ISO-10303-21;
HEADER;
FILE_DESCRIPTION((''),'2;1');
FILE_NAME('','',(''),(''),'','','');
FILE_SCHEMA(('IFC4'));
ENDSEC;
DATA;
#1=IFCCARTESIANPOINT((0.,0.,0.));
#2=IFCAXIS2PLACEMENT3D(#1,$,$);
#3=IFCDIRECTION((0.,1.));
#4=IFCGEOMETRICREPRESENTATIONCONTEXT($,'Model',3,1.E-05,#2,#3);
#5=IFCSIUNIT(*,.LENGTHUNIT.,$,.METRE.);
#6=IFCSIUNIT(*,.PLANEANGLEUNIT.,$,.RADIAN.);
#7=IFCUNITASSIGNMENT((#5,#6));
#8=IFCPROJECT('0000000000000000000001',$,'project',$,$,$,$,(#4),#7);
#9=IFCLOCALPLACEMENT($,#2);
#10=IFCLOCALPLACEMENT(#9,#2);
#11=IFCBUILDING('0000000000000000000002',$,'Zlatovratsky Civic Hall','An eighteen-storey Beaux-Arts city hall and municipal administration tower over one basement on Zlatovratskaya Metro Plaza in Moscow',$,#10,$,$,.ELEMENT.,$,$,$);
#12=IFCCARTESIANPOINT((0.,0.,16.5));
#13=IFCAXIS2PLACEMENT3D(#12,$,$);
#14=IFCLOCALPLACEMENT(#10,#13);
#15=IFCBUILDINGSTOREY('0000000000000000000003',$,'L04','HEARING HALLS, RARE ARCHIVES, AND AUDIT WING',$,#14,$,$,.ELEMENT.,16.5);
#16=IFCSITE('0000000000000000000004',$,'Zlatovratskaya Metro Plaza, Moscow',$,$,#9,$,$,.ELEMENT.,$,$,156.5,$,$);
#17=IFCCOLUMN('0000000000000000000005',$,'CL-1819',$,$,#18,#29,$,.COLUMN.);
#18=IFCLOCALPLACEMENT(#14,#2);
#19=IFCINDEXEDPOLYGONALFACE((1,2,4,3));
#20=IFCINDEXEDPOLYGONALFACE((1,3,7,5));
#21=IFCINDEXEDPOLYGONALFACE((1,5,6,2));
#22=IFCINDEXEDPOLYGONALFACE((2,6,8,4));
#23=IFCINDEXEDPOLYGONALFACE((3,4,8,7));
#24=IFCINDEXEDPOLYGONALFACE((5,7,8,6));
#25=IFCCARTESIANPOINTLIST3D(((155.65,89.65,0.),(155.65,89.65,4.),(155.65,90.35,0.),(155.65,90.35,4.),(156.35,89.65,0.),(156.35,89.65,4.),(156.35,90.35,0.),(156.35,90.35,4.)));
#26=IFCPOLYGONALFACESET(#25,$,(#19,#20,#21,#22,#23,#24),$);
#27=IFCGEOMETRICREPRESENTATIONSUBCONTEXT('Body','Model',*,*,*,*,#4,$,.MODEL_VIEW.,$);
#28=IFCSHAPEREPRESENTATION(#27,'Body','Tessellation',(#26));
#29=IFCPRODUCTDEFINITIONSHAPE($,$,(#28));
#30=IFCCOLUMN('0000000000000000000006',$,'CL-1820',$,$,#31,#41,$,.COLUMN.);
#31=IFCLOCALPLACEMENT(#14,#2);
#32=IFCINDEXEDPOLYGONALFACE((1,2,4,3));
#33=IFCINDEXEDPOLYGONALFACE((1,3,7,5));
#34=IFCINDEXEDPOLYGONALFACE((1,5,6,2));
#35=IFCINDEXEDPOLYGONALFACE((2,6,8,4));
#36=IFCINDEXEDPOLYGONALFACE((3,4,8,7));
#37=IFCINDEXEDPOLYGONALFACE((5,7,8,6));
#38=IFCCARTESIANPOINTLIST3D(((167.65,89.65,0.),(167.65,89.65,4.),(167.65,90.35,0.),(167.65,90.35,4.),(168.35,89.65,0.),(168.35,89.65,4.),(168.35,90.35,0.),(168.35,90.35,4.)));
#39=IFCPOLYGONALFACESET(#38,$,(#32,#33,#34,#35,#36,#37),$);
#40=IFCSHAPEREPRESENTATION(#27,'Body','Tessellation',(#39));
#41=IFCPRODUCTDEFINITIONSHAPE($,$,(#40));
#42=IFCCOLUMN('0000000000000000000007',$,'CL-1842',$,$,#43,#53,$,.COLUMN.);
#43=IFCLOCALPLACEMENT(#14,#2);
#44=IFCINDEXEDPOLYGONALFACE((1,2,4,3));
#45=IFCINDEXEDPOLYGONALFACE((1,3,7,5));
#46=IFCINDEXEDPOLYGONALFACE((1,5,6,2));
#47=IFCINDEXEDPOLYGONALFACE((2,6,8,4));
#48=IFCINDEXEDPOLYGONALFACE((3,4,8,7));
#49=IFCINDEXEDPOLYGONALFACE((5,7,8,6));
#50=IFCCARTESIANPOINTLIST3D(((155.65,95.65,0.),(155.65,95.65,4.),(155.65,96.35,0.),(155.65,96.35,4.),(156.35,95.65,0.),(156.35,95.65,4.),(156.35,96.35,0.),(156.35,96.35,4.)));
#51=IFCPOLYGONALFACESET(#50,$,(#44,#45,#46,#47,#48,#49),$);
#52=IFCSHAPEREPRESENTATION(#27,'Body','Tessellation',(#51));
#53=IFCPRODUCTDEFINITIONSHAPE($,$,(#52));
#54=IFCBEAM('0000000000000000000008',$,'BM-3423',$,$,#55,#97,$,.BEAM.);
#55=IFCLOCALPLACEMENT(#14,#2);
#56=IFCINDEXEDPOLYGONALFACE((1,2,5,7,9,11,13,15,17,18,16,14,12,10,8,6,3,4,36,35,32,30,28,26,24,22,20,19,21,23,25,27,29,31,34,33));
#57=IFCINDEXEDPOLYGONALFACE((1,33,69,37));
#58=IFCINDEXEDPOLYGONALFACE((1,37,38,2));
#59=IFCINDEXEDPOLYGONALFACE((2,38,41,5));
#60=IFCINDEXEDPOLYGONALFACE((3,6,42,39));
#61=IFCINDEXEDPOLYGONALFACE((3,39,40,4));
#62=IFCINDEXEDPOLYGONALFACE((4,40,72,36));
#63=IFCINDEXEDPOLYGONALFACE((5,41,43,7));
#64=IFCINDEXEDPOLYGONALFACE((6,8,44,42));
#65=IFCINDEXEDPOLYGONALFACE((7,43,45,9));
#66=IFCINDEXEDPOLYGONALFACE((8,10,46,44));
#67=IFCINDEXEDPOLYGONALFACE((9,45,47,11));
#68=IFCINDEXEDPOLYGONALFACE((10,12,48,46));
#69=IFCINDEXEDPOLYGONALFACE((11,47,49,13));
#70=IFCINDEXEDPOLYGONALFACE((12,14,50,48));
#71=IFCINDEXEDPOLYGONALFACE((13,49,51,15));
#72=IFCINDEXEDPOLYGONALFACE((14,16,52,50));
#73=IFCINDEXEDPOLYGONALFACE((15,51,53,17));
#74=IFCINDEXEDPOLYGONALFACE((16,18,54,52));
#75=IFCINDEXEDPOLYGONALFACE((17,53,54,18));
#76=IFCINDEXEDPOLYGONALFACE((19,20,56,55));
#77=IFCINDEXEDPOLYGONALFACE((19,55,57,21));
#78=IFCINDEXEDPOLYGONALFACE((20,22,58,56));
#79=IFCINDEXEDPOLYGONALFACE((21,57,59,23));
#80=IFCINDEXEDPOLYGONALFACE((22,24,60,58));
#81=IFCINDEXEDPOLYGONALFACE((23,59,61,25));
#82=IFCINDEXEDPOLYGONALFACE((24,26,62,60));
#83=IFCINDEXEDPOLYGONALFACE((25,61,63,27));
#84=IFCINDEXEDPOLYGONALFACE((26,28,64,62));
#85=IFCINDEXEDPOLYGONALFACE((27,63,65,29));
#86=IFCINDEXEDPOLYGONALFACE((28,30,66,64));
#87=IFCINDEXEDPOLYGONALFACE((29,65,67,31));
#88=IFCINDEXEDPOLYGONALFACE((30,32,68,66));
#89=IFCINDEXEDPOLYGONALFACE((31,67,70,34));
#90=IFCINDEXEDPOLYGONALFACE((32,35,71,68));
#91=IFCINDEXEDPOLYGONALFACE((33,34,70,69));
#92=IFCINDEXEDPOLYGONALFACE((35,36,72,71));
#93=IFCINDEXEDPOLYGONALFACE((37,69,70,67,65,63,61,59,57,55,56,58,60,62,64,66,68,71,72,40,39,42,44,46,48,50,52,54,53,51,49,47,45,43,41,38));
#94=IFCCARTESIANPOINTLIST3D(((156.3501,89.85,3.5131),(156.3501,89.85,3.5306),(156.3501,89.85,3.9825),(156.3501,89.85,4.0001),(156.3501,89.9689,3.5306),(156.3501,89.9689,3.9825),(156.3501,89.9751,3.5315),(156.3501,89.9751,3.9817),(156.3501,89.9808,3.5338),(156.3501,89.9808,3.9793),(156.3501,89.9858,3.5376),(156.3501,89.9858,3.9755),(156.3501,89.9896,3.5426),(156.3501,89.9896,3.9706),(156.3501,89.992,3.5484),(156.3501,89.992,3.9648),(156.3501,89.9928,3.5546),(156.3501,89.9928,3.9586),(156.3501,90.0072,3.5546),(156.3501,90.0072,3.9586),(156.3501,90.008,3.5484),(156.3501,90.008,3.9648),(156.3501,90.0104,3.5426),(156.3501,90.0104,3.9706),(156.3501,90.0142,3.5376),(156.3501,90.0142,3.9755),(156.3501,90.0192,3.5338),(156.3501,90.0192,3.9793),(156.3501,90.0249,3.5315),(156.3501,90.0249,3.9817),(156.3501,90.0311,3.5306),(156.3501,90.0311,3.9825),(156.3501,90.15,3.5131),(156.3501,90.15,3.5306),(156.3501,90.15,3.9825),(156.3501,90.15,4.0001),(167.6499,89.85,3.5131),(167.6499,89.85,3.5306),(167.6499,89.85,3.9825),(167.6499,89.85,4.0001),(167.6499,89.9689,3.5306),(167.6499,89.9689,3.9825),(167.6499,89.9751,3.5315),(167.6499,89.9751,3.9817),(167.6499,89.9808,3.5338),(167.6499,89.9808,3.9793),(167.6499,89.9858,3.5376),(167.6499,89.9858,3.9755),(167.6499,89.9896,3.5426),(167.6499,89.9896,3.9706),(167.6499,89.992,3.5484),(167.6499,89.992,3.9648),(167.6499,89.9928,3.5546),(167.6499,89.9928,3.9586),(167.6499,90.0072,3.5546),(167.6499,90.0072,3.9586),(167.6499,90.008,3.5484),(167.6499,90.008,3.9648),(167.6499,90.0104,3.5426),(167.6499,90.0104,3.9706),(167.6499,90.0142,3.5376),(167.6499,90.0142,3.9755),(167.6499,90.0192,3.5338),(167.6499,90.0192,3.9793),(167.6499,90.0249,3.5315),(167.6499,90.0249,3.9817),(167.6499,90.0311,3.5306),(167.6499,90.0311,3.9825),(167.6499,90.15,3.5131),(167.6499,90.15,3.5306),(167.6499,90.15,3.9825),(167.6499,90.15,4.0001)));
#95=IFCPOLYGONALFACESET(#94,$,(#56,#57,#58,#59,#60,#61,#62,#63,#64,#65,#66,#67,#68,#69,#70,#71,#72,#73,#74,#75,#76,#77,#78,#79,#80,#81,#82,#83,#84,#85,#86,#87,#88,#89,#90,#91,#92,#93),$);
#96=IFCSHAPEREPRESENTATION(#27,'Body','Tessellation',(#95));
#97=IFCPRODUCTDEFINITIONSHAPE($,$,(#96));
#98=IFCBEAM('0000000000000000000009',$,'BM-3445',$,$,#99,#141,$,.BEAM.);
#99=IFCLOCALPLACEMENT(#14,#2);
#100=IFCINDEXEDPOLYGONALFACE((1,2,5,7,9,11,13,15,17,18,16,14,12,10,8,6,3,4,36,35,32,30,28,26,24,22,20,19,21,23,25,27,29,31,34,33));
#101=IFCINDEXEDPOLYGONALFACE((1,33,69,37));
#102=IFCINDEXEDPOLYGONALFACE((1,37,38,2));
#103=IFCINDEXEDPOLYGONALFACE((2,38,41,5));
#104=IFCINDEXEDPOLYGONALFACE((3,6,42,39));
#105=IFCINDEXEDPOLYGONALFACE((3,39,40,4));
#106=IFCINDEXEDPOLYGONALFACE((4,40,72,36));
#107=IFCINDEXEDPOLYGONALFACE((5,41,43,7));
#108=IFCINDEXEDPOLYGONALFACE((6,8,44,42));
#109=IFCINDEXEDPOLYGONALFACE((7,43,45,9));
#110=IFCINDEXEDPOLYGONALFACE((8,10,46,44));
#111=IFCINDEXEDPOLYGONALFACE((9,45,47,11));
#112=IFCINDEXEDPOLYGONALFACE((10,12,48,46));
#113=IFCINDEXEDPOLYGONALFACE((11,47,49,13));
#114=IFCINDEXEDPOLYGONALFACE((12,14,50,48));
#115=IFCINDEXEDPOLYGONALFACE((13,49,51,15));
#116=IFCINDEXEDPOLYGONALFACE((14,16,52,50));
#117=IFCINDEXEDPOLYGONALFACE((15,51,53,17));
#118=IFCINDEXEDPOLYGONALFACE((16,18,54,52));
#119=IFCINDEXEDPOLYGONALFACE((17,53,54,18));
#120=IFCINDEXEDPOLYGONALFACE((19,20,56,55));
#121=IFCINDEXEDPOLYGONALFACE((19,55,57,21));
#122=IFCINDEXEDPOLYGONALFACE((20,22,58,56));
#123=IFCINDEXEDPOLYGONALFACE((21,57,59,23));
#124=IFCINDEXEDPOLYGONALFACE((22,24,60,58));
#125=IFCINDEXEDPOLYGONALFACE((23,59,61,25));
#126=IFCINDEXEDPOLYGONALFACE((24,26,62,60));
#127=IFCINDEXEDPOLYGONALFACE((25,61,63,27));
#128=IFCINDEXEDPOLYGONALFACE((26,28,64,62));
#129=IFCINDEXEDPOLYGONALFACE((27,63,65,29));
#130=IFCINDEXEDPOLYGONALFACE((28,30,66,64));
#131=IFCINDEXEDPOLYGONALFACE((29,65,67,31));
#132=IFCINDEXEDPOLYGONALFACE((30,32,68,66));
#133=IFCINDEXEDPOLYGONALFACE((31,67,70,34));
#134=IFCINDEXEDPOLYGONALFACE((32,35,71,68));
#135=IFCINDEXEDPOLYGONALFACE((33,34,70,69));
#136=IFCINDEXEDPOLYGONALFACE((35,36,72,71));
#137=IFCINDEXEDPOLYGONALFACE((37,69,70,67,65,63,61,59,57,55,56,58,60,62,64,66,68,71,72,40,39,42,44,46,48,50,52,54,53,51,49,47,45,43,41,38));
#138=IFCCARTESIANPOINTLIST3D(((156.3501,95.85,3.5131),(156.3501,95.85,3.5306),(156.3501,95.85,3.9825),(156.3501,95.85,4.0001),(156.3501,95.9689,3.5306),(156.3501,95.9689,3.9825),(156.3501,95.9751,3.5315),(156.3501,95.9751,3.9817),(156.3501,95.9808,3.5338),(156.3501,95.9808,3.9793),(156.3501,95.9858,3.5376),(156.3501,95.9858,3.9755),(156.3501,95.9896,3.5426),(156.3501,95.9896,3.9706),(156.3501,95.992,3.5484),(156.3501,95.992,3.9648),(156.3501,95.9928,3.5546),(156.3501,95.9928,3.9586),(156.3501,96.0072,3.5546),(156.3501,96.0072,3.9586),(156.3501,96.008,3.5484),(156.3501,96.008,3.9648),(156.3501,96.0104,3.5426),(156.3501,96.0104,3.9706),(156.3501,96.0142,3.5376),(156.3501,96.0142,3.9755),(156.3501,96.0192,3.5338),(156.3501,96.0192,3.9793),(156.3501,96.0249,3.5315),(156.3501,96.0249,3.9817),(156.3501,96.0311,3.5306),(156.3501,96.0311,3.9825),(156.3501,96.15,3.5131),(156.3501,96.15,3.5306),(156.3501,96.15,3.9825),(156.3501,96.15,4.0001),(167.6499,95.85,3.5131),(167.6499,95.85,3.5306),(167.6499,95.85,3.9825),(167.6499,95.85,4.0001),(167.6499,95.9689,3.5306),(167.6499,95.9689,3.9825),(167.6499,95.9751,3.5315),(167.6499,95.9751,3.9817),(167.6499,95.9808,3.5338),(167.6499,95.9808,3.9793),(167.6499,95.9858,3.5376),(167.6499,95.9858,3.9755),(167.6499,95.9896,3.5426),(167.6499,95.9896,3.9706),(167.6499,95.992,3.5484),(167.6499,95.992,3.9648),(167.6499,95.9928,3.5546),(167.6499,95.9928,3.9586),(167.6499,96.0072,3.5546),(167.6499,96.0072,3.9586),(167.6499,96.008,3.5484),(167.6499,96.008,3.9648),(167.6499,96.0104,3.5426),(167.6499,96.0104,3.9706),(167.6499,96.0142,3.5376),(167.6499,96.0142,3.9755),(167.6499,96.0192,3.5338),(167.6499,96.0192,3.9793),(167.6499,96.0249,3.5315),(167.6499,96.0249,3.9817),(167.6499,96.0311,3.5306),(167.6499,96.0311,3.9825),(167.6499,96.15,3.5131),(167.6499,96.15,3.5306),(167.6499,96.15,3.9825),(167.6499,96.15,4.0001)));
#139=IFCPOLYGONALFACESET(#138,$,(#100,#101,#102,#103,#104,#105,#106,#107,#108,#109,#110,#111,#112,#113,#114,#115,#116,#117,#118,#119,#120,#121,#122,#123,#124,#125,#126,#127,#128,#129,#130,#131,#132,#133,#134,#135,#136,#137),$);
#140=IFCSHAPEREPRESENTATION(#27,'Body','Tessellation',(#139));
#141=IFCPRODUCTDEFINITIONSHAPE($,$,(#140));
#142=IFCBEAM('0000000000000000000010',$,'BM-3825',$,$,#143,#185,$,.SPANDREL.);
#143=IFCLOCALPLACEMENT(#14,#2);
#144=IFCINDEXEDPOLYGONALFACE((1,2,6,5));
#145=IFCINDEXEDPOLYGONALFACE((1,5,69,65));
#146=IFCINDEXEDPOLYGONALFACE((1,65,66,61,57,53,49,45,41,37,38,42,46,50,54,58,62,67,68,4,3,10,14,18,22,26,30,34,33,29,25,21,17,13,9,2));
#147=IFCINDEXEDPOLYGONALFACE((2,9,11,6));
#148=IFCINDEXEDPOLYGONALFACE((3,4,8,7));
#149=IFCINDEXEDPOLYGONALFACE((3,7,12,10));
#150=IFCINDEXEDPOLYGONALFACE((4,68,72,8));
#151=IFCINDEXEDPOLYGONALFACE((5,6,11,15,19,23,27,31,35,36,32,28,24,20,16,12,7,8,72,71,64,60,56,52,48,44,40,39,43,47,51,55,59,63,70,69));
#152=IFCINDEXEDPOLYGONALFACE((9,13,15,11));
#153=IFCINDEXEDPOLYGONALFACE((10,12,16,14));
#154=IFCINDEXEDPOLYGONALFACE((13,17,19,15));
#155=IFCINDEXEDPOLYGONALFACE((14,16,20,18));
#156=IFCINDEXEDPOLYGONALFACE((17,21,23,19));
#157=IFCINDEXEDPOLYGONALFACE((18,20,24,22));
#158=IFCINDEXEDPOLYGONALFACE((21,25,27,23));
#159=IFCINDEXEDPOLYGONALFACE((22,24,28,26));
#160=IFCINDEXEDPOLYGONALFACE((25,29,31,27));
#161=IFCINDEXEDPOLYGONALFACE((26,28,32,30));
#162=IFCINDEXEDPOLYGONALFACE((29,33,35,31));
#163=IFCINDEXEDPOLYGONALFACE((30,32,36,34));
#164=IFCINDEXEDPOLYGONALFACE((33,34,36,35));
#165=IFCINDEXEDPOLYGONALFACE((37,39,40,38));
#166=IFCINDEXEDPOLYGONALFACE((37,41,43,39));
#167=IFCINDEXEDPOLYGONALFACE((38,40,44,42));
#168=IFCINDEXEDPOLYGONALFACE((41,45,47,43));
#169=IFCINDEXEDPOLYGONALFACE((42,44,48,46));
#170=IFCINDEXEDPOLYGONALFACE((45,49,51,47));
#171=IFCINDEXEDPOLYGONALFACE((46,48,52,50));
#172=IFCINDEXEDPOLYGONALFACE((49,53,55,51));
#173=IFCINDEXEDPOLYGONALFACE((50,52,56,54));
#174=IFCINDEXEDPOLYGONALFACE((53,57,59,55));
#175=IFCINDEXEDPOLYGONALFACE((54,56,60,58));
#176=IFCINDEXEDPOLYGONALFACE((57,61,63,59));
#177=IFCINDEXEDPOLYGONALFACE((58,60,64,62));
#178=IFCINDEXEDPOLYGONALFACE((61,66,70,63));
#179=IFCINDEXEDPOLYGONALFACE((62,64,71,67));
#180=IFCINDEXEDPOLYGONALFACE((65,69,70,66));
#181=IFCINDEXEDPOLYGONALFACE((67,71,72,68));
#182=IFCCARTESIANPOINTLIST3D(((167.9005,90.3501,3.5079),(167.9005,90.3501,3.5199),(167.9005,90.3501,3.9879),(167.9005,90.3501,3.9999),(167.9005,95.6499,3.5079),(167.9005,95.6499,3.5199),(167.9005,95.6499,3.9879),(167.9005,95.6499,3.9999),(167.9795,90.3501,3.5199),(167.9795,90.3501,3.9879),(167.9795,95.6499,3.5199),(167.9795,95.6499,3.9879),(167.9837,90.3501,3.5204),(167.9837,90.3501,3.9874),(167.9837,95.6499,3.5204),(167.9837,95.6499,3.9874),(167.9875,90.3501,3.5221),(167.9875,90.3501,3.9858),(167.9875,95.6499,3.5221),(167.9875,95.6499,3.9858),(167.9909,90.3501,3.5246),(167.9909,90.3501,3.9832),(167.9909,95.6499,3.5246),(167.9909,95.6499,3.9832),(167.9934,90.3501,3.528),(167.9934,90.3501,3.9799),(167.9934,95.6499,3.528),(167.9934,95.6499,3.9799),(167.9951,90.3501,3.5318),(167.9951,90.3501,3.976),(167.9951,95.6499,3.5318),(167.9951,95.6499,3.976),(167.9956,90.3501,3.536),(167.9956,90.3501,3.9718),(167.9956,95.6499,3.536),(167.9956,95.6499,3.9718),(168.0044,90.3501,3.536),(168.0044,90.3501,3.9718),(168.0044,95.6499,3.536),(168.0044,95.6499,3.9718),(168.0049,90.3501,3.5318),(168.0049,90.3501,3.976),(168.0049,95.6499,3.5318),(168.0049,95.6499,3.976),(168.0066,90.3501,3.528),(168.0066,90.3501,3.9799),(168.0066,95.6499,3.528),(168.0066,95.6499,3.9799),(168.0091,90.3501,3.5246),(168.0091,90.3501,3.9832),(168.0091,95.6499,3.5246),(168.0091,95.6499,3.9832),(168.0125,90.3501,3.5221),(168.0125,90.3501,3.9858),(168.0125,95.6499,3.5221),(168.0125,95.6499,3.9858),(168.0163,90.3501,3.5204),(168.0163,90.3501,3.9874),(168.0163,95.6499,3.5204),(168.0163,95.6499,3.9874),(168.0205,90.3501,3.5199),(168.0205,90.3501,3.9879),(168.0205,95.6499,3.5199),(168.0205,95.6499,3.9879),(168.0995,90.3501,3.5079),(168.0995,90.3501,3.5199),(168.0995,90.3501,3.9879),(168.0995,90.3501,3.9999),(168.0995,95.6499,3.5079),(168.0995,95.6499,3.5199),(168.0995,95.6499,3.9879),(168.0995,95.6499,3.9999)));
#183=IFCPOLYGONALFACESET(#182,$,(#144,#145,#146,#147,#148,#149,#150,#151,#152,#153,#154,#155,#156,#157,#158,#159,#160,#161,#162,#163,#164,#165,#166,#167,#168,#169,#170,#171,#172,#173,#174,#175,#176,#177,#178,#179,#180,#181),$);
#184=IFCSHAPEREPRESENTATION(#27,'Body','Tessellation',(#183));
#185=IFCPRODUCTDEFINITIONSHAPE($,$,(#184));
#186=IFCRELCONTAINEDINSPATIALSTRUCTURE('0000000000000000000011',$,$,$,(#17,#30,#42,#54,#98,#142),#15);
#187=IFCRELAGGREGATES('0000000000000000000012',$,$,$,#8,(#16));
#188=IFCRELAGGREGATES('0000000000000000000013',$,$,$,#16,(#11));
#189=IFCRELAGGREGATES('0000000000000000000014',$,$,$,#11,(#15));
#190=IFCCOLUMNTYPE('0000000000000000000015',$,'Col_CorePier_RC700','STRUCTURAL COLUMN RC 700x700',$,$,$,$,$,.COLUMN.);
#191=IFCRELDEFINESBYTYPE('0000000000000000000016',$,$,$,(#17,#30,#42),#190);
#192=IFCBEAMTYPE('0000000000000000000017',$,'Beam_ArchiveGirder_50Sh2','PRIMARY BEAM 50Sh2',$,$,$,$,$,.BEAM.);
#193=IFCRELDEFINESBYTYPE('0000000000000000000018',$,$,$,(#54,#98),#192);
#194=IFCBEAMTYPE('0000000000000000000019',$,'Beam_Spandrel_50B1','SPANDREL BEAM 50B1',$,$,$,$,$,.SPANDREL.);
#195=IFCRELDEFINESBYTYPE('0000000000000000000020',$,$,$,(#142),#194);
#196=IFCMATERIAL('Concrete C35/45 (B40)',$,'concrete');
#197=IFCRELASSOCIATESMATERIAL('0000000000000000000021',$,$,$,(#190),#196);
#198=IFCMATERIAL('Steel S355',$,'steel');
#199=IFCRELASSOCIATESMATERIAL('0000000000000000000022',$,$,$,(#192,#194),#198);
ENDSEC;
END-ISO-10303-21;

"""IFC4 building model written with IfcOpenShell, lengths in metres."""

from ifc_helpers import new_model, si_unit, direction, frame, origin, origin_2d, place, context, subcontext, project, spatial, rectangle, i_section, extrude, material, material_profile, profile_set, type_object, element, save


model = new_model("IFC4")

# Units and contexts
model_context = context("Model", 3, precision=1e-05, world=origin(), true_north=direction((0.0, 1.0)))
body_context = subcontext(model_context, "Body", "Model", "MODEL_VIEW")
ifc_project = project(units=[si_unit("LENGTHUNIT", "METRE"), si_unit("PLANEANGLEUNIT", "RADIAN")], contexts=[model_context])

# Site, building, storey
site_placement = place(None, origin())
site = spatial("IfcSite", under=ifc_project, at=site_placement, Name="Zlatovratskaya Metro Plaza, Moscow", CompositionType="ELEMENT", RefElevation=156.5)
building_placement = place(site_placement, origin())
building = spatial("IfcBuilding", under=site, at=building_placement, Name="Zlatovratsky Civic Hall", Description="An eighteen-storey Beaux-Arts city hall and municipal administration tower over one basement on Zlatovratskaya Metro Plaza in Moscow", CompositionType="ELEMENT")
storey_placement = place(building_placement, frame((0.0, 0.0, 16.5)))
storey = spatial("IfcBuildingStorey", under=building, at=storey_placement, Name="L04", Description="HEARING HALLS, RARE ARCHIVES, AND AUDIT WING", CompositionType="ELEMENT", Elevation=16.5)

# Columns
ifc_material_1 = material(Name="Concrete C35/45 (B40)", Category="concrete")
ifc_material_profile_1 = material_profile(ifc_material_1, rectangle(XDim=0.7, YDim=0.7, at=origin_2d()), Name="RC 700x700")
ifc_profile_set_1 = profile_set([ifc_material_profile_1], Name="Concrete C35/45 (B40)")
column_type = type_object("IfcColumnType", Name="Col_CorePier_RC700", Description="STRUCTURAL COLUMN RC 700x700", PredefinedType="COLUMN", material=ifc_profile_set_1)
for number, where, z_axis, x_axis, name in (
    (1, (156.0, 90.0, 0.0), (0.0, 0.0, 1.0), (1.0, 0.0, 0.0), "CL-1819"),
    (2, (168.0, 90.0, 0.0), (0.0, 0.0, 1.0), (1.0, 0.0, 0.0), "CL-1820"),
    (3, (156.0, 96.0, 0.0), (0.0, 0.0, 1.0), (1.0, 0.0, 0.0), "CL-1842"),
):
    element("IfcColumn", number, at=place(storey_placement, frame(where, z_axis=z_axis, x_axis=x_axis)), inside=storey, type_object=column_type, Name=name, PredefinedType="COLUMN", context=body_context, shape_type="SweptSolid", body=[
        extrude(rectangle(XDim=0.7, YDim=0.7, at=origin_2d()), origin(), (0.0, 0.0, 1.0), 4.0),
    ])

# Beams
ifc_material_2 = material(Name="Steel S355", Category="steel")
ifc_material_profile_2 = material_profile(ifc_material_2, i_section(OverallWidth=0.3, OverallDepth=0.4871, WebThickness=0.0144, FlangeThickness=0.0176, FilletRadius=0.0239, at=origin_2d()), Name="50Sh2")
ifc_profile_set_2 = profile_set([ifc_material_profile_2], Name="Steel S355")
beam_type_1 = type_object("IfcBeamType", Name="Beam_ArchiveGirder_50Sh2", Description="PRIMARY BEAM 50Sh2", PredefinedType="BEAM", material=ifc_profile_set_2)
for number, where, z_axis, x_axis, name in (
    (4, (156.3501, 90.0, 3.7566), (1.0, 0.0, 0.0), (0.0, 1.0, 0.0), "BM-3423"),
    (5, (156.3501, 96.0, 3.7566), (1.0, 0.0, 0.0), (0.0, 1.0, 0.0), "BM-3445"),
):
    element("IfcBeam", number, at=place(storey_placement, frame(where, z_axis=z_axis, x_axis=x_axis)), inside=storey, type_object=beam_type_1, Name=name, PredefinedType="BEAM", context=body_context, shape_type="SweptSolid", body=[
        extrude(i_section(OverallWidth=0.3, OverallDepth=0.4871, WebThickness=0.0144, FlangeThickness=0.0176, FilletRadius=0.0239, at=origin_2d()), origin(), (0.0, 0.0, 1.0), 11.2998),
    ])
ifc_material_profile_3 = material_profile(ifc_material_2, i_section(OverallWidth=0.199, OverallDepth=0.4919, WebThickness=0.0088, FlangeThickness=0.012, FilletRadius=0.0161, at=origin_2d()), Name="50B1")
ifc_profile_set_3 = profile_set([ifc_material_profile_3], Name="Steel S355")
beam_type_2 = type_object("IfcBeamType", Name="Beam_Spandrel_50B1", Description="SPANDREL BEAM 50B1", PredefinedType="SPANDREL", material=ifc_profile_set_3)
beam_1_placement = place(storey_placement, frame((168.0, 90.3501, 3.7539), z_axis=(0.0, 1.0, 0.0), x_axis=(-1.0, 0.0, 0.0)))
element("IfcBeam", 6, at=beam_1_placement, inside=storey, type_object=beam_type_2, Name="BM-3825", PredefinedType="SPANDREL", context=body_context, shape_type="SweptSolid", body=[
    extrude(i_section(OverallWidth=0.199, OverallDepth=0.4919, WebThickness=0.0088, FlangeThickness=0.012, FilletRadius=0.0161, at=origin_2d()), origin(), (0.0, 0.0, 1.0), 5.2998),
])

save(model, "model.ifc")
